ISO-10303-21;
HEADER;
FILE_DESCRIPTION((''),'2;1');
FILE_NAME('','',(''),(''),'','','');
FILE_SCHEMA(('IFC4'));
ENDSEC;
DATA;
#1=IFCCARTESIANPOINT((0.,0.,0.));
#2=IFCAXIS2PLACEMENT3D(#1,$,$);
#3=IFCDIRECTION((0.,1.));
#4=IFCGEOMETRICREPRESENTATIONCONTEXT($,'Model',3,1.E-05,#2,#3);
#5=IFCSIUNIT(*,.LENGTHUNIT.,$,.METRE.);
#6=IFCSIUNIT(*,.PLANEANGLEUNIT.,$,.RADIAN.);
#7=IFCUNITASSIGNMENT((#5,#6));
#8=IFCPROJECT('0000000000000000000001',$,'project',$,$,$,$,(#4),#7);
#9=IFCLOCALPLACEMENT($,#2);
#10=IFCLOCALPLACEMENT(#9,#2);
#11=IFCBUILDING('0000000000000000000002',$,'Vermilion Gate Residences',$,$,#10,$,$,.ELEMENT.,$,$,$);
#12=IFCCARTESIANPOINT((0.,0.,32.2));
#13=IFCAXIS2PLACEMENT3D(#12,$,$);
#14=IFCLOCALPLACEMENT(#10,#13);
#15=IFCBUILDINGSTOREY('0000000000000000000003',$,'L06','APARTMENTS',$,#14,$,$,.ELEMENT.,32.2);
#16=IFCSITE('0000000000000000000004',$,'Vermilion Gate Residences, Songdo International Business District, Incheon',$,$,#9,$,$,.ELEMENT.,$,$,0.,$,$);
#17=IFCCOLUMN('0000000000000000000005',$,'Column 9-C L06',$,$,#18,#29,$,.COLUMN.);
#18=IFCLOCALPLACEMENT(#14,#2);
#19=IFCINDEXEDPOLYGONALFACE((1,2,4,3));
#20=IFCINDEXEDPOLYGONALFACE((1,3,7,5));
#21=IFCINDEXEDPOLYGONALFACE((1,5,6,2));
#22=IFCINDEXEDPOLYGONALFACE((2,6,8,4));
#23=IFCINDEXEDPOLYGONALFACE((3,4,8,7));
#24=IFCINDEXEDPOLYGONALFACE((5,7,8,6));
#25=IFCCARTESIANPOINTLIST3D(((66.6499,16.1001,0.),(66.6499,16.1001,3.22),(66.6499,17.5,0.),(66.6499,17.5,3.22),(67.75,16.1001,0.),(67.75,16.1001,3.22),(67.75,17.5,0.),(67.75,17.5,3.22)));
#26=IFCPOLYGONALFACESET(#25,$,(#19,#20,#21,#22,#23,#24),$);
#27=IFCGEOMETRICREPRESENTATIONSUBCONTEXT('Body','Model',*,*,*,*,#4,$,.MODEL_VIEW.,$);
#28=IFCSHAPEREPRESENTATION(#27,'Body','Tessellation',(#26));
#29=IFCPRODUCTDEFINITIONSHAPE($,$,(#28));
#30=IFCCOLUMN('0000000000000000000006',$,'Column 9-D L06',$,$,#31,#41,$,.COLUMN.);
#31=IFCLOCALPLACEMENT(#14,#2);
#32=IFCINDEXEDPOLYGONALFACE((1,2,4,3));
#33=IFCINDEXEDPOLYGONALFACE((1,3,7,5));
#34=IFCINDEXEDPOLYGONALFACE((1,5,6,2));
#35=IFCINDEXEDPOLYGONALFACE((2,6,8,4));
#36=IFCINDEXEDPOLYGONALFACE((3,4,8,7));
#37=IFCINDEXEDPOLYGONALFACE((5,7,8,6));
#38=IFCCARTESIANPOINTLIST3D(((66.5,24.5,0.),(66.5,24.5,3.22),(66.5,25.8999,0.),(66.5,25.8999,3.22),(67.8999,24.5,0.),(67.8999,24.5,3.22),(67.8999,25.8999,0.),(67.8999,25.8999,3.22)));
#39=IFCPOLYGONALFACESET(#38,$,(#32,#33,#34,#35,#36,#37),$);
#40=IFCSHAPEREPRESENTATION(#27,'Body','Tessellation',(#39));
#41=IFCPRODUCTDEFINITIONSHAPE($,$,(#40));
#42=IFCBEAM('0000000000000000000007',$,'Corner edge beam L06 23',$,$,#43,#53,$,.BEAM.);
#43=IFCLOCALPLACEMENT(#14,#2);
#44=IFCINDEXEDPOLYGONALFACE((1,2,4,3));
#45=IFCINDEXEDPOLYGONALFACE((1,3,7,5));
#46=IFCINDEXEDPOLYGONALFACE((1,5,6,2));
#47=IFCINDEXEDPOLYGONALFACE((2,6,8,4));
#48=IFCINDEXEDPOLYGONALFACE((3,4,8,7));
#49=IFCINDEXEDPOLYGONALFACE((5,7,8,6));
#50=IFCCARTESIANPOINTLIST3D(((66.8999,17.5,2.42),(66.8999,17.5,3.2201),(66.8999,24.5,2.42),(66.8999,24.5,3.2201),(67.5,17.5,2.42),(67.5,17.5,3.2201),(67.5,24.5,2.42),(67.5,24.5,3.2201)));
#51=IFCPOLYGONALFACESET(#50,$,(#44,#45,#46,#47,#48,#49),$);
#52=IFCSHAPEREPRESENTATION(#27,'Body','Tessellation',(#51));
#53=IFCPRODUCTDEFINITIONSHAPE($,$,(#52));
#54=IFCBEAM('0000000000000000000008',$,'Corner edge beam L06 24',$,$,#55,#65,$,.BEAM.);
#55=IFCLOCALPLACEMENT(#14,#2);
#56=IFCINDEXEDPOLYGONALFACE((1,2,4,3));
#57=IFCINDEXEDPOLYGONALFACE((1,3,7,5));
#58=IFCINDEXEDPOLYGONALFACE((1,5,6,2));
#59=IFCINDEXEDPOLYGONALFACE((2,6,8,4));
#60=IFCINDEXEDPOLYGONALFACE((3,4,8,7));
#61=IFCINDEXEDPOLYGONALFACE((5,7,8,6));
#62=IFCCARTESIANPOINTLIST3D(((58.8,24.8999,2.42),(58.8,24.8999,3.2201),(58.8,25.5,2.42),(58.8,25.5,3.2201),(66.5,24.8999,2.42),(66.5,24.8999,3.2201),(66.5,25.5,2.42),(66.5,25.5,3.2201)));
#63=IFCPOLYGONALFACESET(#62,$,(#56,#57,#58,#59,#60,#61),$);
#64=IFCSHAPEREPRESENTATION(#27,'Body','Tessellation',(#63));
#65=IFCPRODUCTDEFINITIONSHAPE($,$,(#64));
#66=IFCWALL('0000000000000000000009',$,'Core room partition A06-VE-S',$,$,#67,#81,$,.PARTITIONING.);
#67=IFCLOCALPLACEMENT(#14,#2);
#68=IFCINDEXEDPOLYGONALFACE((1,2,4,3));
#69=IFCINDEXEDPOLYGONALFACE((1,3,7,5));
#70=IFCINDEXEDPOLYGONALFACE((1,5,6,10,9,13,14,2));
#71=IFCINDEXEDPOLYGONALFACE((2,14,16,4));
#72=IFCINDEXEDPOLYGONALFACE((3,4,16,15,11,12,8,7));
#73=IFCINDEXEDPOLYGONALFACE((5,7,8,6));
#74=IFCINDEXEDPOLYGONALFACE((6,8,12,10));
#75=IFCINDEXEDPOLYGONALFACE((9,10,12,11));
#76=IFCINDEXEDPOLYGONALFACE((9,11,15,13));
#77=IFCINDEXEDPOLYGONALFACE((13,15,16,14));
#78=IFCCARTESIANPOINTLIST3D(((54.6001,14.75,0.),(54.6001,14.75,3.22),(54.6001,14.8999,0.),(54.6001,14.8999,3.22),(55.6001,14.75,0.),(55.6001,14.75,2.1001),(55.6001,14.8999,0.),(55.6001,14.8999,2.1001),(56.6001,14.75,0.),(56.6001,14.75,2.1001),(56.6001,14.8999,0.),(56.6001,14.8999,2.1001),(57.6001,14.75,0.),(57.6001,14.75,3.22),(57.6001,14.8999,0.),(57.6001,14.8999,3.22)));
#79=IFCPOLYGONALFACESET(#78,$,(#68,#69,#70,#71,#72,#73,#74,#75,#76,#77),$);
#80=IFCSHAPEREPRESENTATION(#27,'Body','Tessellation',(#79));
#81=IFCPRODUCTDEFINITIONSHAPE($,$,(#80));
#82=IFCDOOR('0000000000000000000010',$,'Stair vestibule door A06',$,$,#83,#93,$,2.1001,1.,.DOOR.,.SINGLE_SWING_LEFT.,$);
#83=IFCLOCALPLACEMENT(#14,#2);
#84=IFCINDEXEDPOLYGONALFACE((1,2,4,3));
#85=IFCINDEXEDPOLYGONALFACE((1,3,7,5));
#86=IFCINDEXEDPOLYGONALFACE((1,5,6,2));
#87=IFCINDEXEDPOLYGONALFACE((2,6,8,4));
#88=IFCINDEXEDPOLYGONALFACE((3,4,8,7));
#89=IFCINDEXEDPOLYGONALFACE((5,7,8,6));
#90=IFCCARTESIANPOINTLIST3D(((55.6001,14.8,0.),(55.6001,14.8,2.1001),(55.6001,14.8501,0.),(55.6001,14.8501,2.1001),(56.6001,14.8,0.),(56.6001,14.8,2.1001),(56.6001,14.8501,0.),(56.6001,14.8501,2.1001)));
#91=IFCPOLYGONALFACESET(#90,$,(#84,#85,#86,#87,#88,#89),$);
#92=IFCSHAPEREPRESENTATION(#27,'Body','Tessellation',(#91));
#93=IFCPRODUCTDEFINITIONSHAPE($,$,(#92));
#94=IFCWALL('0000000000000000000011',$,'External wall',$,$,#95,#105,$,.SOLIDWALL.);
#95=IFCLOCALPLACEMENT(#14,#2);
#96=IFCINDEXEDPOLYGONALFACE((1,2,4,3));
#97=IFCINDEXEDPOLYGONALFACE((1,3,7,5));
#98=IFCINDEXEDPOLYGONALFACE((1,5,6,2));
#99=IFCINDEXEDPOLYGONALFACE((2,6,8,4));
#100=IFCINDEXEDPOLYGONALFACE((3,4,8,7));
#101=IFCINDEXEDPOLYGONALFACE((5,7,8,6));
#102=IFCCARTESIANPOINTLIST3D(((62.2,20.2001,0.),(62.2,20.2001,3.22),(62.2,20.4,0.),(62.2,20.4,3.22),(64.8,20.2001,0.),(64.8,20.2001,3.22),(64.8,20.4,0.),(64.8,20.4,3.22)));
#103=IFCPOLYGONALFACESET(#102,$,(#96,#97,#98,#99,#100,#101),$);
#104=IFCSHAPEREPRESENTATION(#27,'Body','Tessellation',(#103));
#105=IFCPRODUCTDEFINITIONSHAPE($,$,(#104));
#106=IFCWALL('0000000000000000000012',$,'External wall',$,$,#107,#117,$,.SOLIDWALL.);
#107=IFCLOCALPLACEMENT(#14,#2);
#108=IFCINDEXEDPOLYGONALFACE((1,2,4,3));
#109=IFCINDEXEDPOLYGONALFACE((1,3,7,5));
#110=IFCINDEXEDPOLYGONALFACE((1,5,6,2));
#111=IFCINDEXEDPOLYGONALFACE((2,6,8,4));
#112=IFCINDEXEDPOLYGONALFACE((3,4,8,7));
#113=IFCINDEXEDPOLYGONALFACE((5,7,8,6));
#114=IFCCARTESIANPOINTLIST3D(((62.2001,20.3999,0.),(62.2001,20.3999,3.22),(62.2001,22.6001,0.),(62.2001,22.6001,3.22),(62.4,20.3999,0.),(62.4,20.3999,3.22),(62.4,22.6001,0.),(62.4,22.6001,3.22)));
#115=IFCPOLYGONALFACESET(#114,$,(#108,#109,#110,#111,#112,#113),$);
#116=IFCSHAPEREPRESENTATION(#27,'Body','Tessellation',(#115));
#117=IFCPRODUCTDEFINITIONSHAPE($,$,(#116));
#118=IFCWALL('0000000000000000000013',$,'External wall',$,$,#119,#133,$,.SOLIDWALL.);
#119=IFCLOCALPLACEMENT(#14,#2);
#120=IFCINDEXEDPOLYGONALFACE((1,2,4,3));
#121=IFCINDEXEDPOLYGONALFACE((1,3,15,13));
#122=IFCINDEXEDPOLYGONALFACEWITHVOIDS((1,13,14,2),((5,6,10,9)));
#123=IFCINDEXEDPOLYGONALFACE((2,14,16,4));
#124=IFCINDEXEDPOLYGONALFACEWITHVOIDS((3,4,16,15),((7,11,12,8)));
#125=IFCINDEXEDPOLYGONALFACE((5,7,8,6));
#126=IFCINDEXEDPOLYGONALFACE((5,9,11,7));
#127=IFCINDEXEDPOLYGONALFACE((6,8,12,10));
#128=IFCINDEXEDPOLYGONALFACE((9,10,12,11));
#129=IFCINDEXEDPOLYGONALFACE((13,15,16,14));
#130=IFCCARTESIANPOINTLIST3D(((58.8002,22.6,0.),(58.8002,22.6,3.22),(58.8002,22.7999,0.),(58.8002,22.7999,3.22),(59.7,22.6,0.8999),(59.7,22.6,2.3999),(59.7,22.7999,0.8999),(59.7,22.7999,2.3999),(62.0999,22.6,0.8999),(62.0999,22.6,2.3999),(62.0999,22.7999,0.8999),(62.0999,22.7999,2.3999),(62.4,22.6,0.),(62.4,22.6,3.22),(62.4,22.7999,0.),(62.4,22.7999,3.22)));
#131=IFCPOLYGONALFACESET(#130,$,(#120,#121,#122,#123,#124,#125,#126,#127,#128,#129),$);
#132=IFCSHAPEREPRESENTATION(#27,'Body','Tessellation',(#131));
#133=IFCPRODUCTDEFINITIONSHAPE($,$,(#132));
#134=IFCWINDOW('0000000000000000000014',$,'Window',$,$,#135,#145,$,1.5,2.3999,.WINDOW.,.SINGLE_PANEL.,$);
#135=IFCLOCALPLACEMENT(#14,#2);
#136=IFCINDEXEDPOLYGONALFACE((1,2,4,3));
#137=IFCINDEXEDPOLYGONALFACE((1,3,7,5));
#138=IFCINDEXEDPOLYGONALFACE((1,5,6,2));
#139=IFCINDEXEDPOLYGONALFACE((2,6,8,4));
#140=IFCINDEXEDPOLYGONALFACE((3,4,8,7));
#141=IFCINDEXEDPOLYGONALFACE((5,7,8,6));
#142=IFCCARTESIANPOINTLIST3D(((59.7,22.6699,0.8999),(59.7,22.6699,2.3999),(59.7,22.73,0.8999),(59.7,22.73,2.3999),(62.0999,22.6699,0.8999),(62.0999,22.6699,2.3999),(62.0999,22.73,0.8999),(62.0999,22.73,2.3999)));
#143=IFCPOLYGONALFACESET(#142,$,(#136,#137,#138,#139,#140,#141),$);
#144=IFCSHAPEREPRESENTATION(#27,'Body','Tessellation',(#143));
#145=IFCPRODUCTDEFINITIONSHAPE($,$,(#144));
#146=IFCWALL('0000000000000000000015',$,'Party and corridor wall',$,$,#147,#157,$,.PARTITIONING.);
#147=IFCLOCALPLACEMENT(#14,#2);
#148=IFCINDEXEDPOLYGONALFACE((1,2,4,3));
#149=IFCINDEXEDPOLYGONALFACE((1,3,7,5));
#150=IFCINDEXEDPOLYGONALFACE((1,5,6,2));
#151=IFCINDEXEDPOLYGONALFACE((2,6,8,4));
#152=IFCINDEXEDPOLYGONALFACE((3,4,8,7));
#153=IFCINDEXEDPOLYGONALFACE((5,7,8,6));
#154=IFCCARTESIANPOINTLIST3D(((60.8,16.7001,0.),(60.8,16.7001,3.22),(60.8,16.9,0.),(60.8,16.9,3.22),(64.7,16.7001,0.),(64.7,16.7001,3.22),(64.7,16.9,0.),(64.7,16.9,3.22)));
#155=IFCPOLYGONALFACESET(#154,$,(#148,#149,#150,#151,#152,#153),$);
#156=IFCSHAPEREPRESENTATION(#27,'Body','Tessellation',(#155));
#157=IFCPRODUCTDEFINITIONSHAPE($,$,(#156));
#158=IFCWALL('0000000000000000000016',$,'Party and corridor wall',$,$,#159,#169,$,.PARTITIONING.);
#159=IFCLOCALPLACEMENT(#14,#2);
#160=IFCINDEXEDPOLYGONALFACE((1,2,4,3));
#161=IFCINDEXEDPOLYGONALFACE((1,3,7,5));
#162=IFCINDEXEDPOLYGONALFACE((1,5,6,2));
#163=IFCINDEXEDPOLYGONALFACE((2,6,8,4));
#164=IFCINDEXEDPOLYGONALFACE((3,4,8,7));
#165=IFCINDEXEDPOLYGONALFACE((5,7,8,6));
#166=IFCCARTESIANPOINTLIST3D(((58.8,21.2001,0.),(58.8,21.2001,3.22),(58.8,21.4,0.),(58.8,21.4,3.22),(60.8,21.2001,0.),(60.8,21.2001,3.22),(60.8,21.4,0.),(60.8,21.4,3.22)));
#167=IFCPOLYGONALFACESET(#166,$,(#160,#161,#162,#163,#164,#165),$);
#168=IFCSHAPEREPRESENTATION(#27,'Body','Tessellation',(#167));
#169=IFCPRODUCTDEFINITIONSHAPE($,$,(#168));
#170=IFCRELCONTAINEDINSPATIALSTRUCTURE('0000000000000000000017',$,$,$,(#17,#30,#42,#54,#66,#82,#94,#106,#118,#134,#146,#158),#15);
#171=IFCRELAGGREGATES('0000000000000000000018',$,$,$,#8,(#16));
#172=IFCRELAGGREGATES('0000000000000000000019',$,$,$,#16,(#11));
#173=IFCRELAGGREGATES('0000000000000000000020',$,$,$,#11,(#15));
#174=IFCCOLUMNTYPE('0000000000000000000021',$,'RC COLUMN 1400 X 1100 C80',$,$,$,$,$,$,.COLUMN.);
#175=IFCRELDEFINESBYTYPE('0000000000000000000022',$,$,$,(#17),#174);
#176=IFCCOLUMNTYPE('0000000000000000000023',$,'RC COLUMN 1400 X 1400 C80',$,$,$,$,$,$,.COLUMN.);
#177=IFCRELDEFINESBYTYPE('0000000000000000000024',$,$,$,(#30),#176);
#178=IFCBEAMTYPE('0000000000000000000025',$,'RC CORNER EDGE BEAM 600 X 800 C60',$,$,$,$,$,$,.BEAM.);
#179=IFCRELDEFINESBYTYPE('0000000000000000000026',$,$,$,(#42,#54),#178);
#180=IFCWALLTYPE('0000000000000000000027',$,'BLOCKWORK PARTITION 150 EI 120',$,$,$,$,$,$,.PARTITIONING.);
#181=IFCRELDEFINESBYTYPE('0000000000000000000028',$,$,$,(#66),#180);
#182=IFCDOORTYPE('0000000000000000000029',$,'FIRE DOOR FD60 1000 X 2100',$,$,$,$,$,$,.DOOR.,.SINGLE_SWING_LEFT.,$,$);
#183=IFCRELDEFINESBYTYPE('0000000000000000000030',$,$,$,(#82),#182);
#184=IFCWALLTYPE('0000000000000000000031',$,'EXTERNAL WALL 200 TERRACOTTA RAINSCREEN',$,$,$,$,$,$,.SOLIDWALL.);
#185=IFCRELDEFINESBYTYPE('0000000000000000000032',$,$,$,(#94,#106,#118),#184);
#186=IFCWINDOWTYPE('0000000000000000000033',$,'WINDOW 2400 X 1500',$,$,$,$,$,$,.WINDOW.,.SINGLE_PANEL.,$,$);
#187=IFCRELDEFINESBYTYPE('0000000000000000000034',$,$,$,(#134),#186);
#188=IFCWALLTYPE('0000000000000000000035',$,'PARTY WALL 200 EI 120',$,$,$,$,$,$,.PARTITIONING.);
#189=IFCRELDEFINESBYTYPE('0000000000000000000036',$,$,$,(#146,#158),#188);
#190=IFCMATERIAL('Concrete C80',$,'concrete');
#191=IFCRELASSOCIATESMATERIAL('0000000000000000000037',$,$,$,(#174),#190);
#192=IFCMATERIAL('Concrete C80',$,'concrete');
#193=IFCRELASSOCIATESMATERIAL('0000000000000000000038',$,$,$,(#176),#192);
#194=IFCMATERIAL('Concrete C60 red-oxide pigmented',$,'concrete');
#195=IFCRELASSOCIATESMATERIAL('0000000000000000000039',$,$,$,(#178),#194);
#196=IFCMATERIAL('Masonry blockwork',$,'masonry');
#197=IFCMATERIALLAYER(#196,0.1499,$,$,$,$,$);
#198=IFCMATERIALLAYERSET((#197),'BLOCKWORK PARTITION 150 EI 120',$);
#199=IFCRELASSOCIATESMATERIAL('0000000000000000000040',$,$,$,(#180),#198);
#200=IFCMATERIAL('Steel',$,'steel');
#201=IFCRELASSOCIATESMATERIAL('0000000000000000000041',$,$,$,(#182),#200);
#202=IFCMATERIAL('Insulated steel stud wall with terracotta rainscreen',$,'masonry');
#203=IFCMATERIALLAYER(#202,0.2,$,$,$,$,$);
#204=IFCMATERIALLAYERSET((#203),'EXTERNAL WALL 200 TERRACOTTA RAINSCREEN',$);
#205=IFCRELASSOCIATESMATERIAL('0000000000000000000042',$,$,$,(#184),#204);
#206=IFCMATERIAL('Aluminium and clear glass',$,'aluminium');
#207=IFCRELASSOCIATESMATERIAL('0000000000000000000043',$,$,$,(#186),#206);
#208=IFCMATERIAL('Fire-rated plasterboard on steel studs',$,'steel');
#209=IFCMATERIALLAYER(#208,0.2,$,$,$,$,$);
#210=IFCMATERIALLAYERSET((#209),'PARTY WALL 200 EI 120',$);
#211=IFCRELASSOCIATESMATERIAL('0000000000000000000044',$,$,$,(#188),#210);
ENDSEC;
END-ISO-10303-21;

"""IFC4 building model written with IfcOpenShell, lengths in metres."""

from ifc_helpers import new_model, si_unit, direction, frame, frame_2d, origin, origin_2d, place, context, subcontext, project, spatial, rectangle, extrude, material, layer, layer_set, material_profile, profile_set, type_object, element, fill, save


model = new_model("IFC4")

# Units and contexts
model_context = context("Model", 3, precision=1e-05, world=origin(), true_north=direction((0.0, 1.0)))
body_context = subcontext(model_context, "Body", "Model", "MODEL_VIEW")
ifc_project = project(units=[si_unit("LENGTHUNIT", "METRE"), si_unit("PLANEANGLEUNIT", "RADIAN")], contexts=[model_context])

# Site, building, storey
site_placement = place(None, origin())
site = spatial("IfcSite", under=ifc_project, at=site_placement, Name="Vermilion Gate Residences, Songdo International Business District, Incheon", CompositionType="ELEMENT", RefElevation=0.0)
building_placement = place(site_placement, origin())
building = spatial("IfcBuilding", under=site, at=building_placement, Name="Vermilion Gate Residences", CompositionType="ELEMENT")
storey_placement = place(building_placement, frame((0.0, 0.0, 32.2)))
storey = spatial("IfcBuildingStorey", under=building, at=storey_placement, Name="L06", Description="APARTMENTS", CompositionType="ELEMENT", Elevation=32.2)

# Columns
ifc_material_1 = material(Name="Concrete C80", Category="concrete")
ifc_material_profile_1 = material_profile(ifc_material_1, rectangle(XDim=1.3999, YDim=1.1001, at=origin_2d()), Name="RC-1400x1100")
ifc_profile_set_1 = profile_set([ifc_material_profile_1], Name="Concrete C80")
column_type_1 = type_object("IfcColumnType", Name="RC COLUMN 1400 X 1100 C80", PredefinedType="COLUMN", material=ifc_profile_set_1)
column_1_placement = place(storey_placement, frame((67.2, 16.8, 0.0), z_axis=(0.0, 0.0, 1.0), x_axis=(0.0, 1.0, 0.0)))
element("IfcColumn", 1, at=column_1_placement, inside=storey, type_object=column_type_1, Name="Column 9-C L06", PredefinedType="COLUMN", context=body_context, shape_type="SweptSolid", body=[
    extrude(rectangle(XDim=1.3999, YDim=1.1001, at=origin_2d()), origin(), (0.0, 0.0, 1.0), 3.22),
])
ifc_material_2 = material(Name="Concrete C80", Category="concrete")
ifc_material_profile_2 = material_profile(ifc_material_2, rectangle(XDim=1.3999, YDim=1.3999, at=origin_2d()), Name="RC-1400x1400")
ifc_profile_set_2 = profile_set([ifc_material_profile_2], Name="Concrete C80")
column_type_2 = type_object("IfcColumnType", Name="RC COLUMN 1400 X 1400 C80", PredefinedType="COLUMN", material=ifc_profile_set_2)
column_2_placement = place(storey_placement, frame((67.2, 25.2, 0.0), z_axis=(0.0, 0.0, 1.0), x_axis=(1.0, 0.0, 0.0)))
element("IfcColumn", 2, at=column_2_placement, inside=storey, type_object=column_type_2, Name="Column 9-D L06", PredefinedType="COLUMN", context=body_context, shape_type="SweptSolid", body=[
    extrude(rectangle(XDim=1.3999, YDim=1.3999, at=origin_2d()), origin(), (0.0, 0.0, 1.0), 3.22),
])

# Beams
ifc_material_3 = material(Name="Concrete C60 red-oxide pigmented", Category="concrete")
ifc_material_profile_3 = material_profile(ifc_material_3, rectangle(XDim=0.6001, YDim=0.8, at=origin_2d()), Name="RC-600x800")
ifc_profile_set_3 = profile_set([ifc_material_profile_3], Name="Concrete C60 red-oxide pigmented")
beam_type = type_object("IfcBeamType", Name="RC CORNER EDGE BEAM 600 X 800 C60", PredefinedType="BEAM", material=ifc_profile_set_3)
beam_1_placement = place(storey_placement, frame((67.2, 17.5, 2.8201), z_axis=(0.0, 1.0, 0.0), x_axis=(-1.0, 0.0, 0.0)))
element("IfcBeam", 3, at=beam_1_placement, inside=storey, type_object=beam_type, Name="Corner edge beam L06 23", PredefinedType="BEAM", context=body_context, shape_type="SweptSolid", body=[
    extrude(rectangle(XDim=0.6001, YDim=0.8, at=origin_2d()), origin(), (0.0, 0.0, 1.0), 7.0),
])
beam_2_placement = place(storey_placement, frame((58.8, 25.2, 2.8201), z_axis=(1.0, 0.0, 0.0), x_axis=(0.0, 1.0, 0.0)))
element("IfcBeam", 4, at=beam_2_placement, inside=storey, type_object=beam_type, Name="Corner edge beam L06 24", PredefinedType="BEAM", context=body_context, shape_type="SweptSolid", body=[
    extrude(rectangle(XDim=0.6001, YDim=0.8, at=origin_2d()), origin(), (0.0, 0.0, 1.0), 7.7),
])

# Wall, opening, door
ifc_material_4 = material(Name="Masonry blockwork", Category="masonry")
ifc_layer_1 = layer(ifc_material_4, 0.1499)
ifc_layer_set_1 = layer_set([ifc_layer_1], Name="BLOCKWORK PARTITION 150 EI 120")
wall_type_1 = type_object("IfcWallType", Name="BLOCKWORK PARTITION 150 EI 120", PredefinedType="PARTITIONING", material=ifc_layer_set_1)
wall_1_placement = place(storey_placement, frame((54.6001, 14.825, 0.0), z_axis=(0.0, 0.0, 1.0), x_axis=(1.0, 0.0, 0.0)))
wall_1 = element("IfcWall", 5, at=wall_1_placement, inside=storey, type_object=wall_type_1, Name="Core room partition A06-VE-S", PredefinedType="PARTITIONING", context=body_context, shape_type="SweptSolid", body=[
    extrude(rectangle(XDim=3.0, YDim=0.1499, at=frame_2d((1.5, 0.0))), origin(), (0.0, 0.0, 1.0), 3.22),
])
opening_1_placement = place(wall_1_placement, frame((1.0, 0.0, 0.0)))
opening_1 = element("IfcOpeningElement", 6, at=opening_1_placement, cuts=wall_1, PredefinedType="OPENING", context=body_context, shape_type="SweptSolid", body=[
    extrude(rectangle(XDim=1.0, YDim=2.1001, at=frame_2d((0.5, 1.05))), frame((0.0, 0.085, 0.0), z_axis=(0.0, -1.0, 0.0), x_axis=(1.0, 0.0, 0.0)), (0.0, 0.0, 1.0), 0.1699),
])
ifc_material_5 = material(Name="Steel", Category="steel")
door_type = type_object("IfcDoorType", Name="FIRE DOOR FD60 1000 X 2100", OperationType="SINGLE_SWING_LEFT", PredefinedType="DOOR", material=ifc_material_5)
door_1_placement = place(opening_1_placement, frame((1.0, 0.0, 0.0), z_axis=(0.0, 0.0, 1.0), x_axis=(-1.0, 0.0, 0.0)))
door_1 = element("IfcDoor", 7, at=door_1_placement, inside=storey, type_object=door_type, Name="Stair vestibule door A06", OperationType="SINGLE_SWING_LEFT", OverallHeight=2.1001, OverallWidth=1.0, PredefinedType="DOOR", context=body_context, shape_type="SweptSolid", body=[
    extrude(rectangle(XDim=1.0, YDim=2.1001, at=frame_2d((0.5, 1.05))), frame((0.0, 0.0249, 0.0), z_axis=(0.0, -1.0, 0.0), x_axis=(1.0, 0.0, 0.0)), (0.0, 0.0, 1.0), 0.05),
])
fill(opening_1, door_1)

# Walls
ifc_material_6 = material(Name="Insulated steel stud wall with terracotta rainscreen", Category="masonry")
ifc_layer_2 = layer(ifc_material_6, 0.2)
ifc_layer_set_2 = layer_set([ifc_layer_2], Name="EXTERNAL WALL 200 TERRACOTTA RAINSCREEN")
wall_type_2 = type_object("IfcWallType", Name="EXTERNAL WALL 200 TERRACOTTA RAINSCREEN", PredefinedType="SOLIDWALL", material=ifc_layer_set_2)
wall_2_placement = place(storey_placement, frame((64.8, 20.3, 0.0), z_axis=(0.0, 0.0, 1.0), x_axis=(-1.0, 0.0, 0.0)))
element("IfcWall", 8, at=wall_2_placement, inside=storey, type_object=wall_type_2, Name="External wall", PredefinedType="SOLIDWALL", context=body_context, shape_type="SweptSolid", body=[
    extrude(rectangle(XDim=2.6001, YDim=0.2, at=frame_2d((1.3, 0.0))), origin(), (0.0, 0.0, 1.0), 3.22),
])
wall_3_placement = place(storey_placement, frame((62.3, 20.3999, 0.0), z_axis=(0.0, 0.0, 1.0), x_axis=(0.0, 1.0, 0.0)))
element("IfcWall", 9, at=wall_3_placement, inside=storey, type_object=wall_type_2, Name="External wall", PredefinedType="SOLIDWALL", context=body_context, shape_type="SweptSolid", body=[
    extrude(rectangle(XDim=2.2002, YDim=0.2, at=frame_2d((1.1001, 0.0))), origin(), (0.0, 0.0, 1.0), 3.22),
])

# Wall, opening, window
wall_4_placement = place(storey_placement, frame((62.3999, 22.7, 0.0), z_axis=(0.0, 0.0, 1.0), x_axis=(-1.0, 0.0, 0.0)))
wall_4 = element("IfcWall", 10, at=wall_4_placement, inside=storey, type_object=wall_type_2, Name="External wall", PredefinedType="SOLIDWALL", context=body_context, shape_type="SweptSolid", body=[
    extrude(rectangle(XDim=3.5999, YDim=0.2, at=frame_2d((1.7998, 0.0))), origin(), (0.0, 0.0, 1.0), 3.22),
])
opening_2_placement = place(wall_4_placement, frame((0.3, 0.0, 0.8999)))
opening_2 = element("IfcOpeningElement", 11, at=opening_2_placement, cuts=wall_4, PredefinedType="OPENING", context=body_context, shape_type="SweptSolid", body=[
    extrude(rectangle(XDim=2.3999, YDim=1.5, at=frame_2d((1.2, 0.75))), frame((0.0, 0.1099, 0.0), z_axis=(0.0, -1.0, 0.0), x_axis=(1.0, 0.0, 0.0)), (0.0, 0.0, 1.0), 0.22),
])
ifc_material_7 = material(Name="Aluminium and clear glass", Category="aluminium")
window_type = type_object("IfcWindowType", Name="WINDOW 2400 X 1500", PartitioningType="SINGLE_PANEL", PredefinedType="WINDOW", material=ifc_material_7)
window_placement = place(opening_2_placement, origin())
window = element("IfcWindow", 12, at=window_placement, inside=storey, type_object=window_type, Name="Window", OverallHeight=1.5, OverallWidth=2.3999, PartitioningType="SINGLE_PANEL", PredefinedType="WINDOW", context=body_context, shape_type="SweptSolid", body=[
    extrude(rectangle(XDim=2.3999, YDim=1.5, at=frame_2d((1.2, 0.75))), frame((0.0, 0.03, 0.0), z_axis=(0.0, -1.0, 0.0), x_axis=(1.0, 0.0, 0.0)), (0.0, 0.0, 1.0), 0.0601),
])
fill(opening_2, window)

# Walls
ifc_material_8 = material(Name="Fire-rated plasterboard on steel studs", Category="steel")
ifc_layer_3 = layer(ifc_material_8, 0.2)
ifc_layer_set_3 = layer_set([ifc_layer_3], Name="PARTY WALL 200 EI 120")
wall_type_3 = type_object("IfcWallType", Name="PARTY WALL 200 EI 120", PredefinedType="PARTITIONING", material=ifc_layer_set_3)
wall_5_placement = place(storey_placement, frame((60.8, 16.8, 0.0), z_axis=(0.0, 0.0, 1.0), x_axis=(1.0, 0.0, 0.0)))
element("IfcWall", 13, at=wall_5_placement, inside=storey, type_object=wall_type_3, Name="Party and corridor wall", PredefinedType="PARTITIONING", context=body_context, shape_type="SweptSolid", body=[
    extrude(rectangle(XDim=3.8999, YDim=0.2, at=frame_2d((1.95, 0.0))), origin(), (0.0, 0.0, 1.0), 3.22),
])
wall_6_placement = place(storey_placement, frame((58.8, 21.3, 0.0), z_axis=(0.0, 0.0, 1.0), x_axis=(1.0, 0.0, 0.0)))
element("IfcWall", 14, at=wall_6_placement, inside=storey, type_object=wall_type_3, Name="Party and corridor wall", PredefinedType="PARTITIONING", context=body_context, shape_type="SweptSolid", body=[
    extrude(rectangle(XDim=2.0, YDim=0.2, at=frame_2d((1.0, 0.0))), origin(), (0.0, 0.0, 1.0), 3.22),
])

save(model, "model.ifc")
